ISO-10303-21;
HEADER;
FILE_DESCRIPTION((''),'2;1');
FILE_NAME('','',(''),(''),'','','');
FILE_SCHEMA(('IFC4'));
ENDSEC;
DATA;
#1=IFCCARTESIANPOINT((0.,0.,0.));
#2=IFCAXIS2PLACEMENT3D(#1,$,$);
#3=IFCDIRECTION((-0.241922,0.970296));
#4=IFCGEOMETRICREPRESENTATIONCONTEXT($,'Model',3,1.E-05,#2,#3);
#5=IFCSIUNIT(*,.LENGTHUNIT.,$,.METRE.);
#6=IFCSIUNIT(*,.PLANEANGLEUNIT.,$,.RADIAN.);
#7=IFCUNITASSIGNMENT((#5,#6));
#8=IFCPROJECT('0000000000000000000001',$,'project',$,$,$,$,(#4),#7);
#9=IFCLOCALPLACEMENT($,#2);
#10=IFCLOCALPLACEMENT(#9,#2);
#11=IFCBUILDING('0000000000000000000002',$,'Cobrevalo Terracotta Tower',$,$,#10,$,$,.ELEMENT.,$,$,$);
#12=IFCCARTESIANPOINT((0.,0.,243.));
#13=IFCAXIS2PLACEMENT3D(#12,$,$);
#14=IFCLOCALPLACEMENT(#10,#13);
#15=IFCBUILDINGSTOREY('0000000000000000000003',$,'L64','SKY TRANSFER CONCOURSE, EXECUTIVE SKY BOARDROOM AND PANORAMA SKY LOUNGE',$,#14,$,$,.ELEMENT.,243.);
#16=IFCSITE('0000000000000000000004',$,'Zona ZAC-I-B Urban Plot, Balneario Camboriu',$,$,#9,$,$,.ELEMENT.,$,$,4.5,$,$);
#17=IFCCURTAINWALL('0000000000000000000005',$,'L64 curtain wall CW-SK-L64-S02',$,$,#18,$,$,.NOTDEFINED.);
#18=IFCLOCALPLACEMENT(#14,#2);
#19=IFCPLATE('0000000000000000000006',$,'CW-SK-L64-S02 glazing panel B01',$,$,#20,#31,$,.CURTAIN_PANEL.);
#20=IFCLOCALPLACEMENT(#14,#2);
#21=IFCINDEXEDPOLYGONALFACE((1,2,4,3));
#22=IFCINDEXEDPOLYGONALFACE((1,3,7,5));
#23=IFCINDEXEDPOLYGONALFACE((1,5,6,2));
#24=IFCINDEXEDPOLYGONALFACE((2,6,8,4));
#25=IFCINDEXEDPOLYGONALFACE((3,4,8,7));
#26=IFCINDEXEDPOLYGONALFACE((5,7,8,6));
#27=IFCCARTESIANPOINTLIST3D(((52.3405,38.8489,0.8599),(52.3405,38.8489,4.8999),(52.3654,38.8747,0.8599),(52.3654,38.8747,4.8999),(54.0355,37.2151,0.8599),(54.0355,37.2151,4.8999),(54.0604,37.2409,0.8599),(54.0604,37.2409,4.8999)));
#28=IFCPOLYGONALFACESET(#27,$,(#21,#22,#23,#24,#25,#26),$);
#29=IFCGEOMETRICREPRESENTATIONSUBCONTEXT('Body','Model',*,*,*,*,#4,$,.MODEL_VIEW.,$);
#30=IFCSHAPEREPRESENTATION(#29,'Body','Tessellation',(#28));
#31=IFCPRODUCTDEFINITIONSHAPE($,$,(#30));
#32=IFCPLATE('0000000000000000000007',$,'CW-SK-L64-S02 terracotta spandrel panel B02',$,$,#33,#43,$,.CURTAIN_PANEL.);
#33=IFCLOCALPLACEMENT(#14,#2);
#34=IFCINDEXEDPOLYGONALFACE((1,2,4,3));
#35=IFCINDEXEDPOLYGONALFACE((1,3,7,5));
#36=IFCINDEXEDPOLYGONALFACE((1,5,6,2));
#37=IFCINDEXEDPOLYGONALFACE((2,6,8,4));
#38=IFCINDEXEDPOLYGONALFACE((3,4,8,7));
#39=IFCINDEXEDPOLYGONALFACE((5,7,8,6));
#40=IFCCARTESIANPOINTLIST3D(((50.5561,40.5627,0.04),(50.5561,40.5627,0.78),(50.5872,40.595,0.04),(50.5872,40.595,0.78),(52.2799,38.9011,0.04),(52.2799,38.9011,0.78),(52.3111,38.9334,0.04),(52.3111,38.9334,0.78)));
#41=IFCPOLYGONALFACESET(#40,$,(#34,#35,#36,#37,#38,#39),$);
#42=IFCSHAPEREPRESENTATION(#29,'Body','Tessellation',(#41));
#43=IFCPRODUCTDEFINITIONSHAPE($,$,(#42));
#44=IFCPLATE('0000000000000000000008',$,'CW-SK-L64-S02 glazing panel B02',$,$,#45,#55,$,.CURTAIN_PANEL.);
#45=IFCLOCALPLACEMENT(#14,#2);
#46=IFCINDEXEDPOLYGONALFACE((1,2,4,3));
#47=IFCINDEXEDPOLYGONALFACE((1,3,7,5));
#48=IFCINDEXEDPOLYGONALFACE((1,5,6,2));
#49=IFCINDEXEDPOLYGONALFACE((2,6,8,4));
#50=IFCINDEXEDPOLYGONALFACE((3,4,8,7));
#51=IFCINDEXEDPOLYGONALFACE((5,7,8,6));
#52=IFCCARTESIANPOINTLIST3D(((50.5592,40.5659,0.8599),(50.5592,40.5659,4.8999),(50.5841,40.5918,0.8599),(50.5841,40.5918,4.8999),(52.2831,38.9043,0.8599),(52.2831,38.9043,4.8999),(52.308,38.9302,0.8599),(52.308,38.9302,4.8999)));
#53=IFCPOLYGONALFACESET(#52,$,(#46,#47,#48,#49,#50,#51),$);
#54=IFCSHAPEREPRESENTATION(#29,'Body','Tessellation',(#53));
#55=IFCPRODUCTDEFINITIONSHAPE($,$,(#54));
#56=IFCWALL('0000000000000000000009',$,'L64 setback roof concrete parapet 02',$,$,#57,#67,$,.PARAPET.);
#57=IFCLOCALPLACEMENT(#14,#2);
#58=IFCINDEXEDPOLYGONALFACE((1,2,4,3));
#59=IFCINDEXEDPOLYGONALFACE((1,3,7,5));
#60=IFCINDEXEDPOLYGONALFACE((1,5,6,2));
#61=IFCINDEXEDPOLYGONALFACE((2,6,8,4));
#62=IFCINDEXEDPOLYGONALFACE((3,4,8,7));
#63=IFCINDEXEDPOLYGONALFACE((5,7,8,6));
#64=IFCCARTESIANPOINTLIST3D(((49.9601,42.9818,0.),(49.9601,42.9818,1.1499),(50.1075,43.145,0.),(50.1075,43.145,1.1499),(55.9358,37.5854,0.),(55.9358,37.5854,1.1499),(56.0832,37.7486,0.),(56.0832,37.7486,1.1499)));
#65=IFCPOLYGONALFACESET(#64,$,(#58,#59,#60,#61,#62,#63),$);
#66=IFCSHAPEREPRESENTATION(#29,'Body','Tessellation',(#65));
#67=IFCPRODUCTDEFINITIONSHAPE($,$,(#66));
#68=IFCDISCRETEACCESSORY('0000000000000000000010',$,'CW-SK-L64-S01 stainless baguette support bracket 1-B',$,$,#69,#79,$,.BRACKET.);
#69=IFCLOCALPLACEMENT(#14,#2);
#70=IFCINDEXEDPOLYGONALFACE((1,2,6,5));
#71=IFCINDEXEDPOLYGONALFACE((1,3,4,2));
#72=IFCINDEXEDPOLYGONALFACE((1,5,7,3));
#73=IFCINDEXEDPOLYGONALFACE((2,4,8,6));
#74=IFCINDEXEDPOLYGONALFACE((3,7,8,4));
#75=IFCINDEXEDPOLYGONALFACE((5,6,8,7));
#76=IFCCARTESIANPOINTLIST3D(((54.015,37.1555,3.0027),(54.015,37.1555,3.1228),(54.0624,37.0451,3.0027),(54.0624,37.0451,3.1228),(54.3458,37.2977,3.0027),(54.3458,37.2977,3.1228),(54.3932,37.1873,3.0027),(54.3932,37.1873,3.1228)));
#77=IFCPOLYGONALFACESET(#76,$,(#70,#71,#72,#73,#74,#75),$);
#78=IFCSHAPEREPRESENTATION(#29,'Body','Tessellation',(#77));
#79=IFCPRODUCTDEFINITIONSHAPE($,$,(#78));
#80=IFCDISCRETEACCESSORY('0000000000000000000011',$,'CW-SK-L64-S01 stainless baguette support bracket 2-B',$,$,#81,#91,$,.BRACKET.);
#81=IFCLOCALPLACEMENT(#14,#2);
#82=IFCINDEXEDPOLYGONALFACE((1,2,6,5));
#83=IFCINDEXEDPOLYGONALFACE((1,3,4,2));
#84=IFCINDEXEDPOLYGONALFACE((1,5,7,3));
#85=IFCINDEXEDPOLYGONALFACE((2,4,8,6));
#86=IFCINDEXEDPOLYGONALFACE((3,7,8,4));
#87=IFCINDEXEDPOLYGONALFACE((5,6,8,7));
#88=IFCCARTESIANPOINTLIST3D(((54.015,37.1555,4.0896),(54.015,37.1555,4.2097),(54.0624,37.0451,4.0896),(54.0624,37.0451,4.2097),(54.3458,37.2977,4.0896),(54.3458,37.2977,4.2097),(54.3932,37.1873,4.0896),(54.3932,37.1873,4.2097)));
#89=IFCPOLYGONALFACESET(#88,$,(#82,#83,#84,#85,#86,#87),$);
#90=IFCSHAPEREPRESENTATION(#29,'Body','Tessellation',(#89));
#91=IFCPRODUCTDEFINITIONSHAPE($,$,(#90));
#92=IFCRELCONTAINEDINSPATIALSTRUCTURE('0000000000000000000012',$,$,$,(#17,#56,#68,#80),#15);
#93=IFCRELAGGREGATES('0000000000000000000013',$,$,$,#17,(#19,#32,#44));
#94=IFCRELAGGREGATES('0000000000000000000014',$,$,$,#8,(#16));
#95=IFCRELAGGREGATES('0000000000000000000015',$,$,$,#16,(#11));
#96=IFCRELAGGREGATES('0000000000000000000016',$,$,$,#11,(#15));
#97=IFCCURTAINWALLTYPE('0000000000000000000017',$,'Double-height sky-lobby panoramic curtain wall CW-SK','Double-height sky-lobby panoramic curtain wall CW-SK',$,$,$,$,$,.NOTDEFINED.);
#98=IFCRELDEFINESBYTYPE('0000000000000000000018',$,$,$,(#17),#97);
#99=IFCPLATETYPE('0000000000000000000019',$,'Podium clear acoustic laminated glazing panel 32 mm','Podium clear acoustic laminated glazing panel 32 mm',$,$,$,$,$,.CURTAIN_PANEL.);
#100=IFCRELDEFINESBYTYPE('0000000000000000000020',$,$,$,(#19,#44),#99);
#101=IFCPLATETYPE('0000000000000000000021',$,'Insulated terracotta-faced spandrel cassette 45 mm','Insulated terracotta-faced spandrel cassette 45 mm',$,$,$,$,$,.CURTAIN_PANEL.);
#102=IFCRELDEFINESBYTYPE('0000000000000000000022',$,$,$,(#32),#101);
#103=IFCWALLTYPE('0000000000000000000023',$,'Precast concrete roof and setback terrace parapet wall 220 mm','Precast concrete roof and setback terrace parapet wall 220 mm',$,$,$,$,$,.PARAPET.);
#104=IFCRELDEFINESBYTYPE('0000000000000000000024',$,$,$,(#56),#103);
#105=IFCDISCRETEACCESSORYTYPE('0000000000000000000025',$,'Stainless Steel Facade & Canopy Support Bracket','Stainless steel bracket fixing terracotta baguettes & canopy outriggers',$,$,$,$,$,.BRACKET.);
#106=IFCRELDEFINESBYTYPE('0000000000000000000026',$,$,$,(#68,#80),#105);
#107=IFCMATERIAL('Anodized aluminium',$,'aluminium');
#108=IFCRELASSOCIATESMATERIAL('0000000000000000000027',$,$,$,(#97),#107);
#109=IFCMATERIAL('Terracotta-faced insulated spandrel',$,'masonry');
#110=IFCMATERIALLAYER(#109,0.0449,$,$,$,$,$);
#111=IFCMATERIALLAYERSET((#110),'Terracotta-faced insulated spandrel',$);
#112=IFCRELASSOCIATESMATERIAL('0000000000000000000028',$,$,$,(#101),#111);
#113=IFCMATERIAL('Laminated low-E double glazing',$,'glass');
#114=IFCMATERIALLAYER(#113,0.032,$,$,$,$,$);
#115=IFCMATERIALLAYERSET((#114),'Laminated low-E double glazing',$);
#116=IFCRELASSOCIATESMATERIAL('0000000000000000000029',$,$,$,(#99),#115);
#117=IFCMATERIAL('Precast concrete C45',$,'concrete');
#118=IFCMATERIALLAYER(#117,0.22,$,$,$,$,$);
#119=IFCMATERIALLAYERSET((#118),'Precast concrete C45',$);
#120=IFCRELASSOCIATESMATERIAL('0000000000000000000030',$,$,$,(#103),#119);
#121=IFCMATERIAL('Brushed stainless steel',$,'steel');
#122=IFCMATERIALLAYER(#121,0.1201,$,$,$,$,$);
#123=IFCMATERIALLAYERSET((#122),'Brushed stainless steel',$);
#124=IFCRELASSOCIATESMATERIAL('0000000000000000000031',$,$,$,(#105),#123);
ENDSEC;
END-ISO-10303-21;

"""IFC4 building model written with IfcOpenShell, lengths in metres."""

from ifc_helpers import new_model, si_unit, direction, frame, frame_2d, origin, origin_2d, place, context, subcontext, project, spatial, rectangle, extrude, source, transform, mapped, material, layer, layer_set, type_object, element, aggregate, save


model = new_model("IFC4")

# Units and contexts
model_context = context("Model", 3, precision=1e-05, world=origin(), true_north=direction((-0.241922, 0.970296)))
body_context = subcontext(model_context, "Body", "Model", "MODEL_VIEW")
ifc_project = project(units=[si_unit("LENGTHUNIT", "METRE"), si_unit("PLANEANGLEUNIT", "RADIAN")], contexts=[model_context])

# Site, building, storey
site_placement = place(None, origin())
site = spatial("IfcSite", under=ifc_project, at=site_placement, Name="Zona ZAC-I-B Urban Plot, Balneario Camboriu", CompositionType="ELEMENT", RefElevation=4.5)
building_placement = place(site_placement, origin())
building = spatial("IfcBuilding", under=site, at=building_placement, Name="Cobrevalo Terracotta Tower", CompositionType="ELEMENT")
storey_placement = place(building_placement, frame((0.0, 0.0, 243.0)))
storey = spatial("IfcBuildingStorey", under=building, at=storey_placement, Name="L64", Description="SKY TRANSFER CONCOURSE, EXECUTIVE SKY BOARDROOM AND PANORAMA SKY LOUNGE", CompositionType="ELEMENT", Elevation=243.0)

# Curtain wall
ifc_material_1 = material(Name="Anodized aluminium", Category="aluminium")
curtain_wall_type = type_object("IfcCurtainWallType", Name="Double-height sky-lobby panoramic curtain wall CW-SK", Description="Double-height sky-lobby panoramic curtain wall CW-SK", PredefinedType="NOTDEFINED", material=ifc_material_1)
curtain_wall_1_placement = place(storey_placement, origin())
curtain_wall_1 = element("IfcCurtainWall", 1, at=curtain_wall_1_placement, inside=storey, type_object=curtain_wall_type, Name="L64 curtain wall CW-SK-L64-S02", PredefinedType="NOTDEFINED")

# Plates
ifc_material_2 = material(Name="Terracotta-faced insulated spandrel", Category="masonry")
ifc_layer_1 = layer(ifc_material_2, 0.0449)
ifc_layer_set_1 = layer_set([ifc_layer_1], Name="Terracotta-faced insulated spandrel")
plate_type_1 = type_object("IfcPlateType", Name="Insulated terracotta-faced spandrel cassette 45 mm", Description="Insulated terracotta-faced spandrel cassette 45 mm", PredefinedType="CURTAIN_PANEL", material=ifc_layer_set_1)
ifc_material_3 = material(Name="Laminated low-E double glazing", Category="glass")
ifc_layer_2 = layer(ifc_material_3, 0.032)
ifc_layer_set_2 = layer_set([ifc_layer_2], Name="Laminated low-E double glazing")
plate_type_2 = type_object("IfcPlateType", Name="Podium clear acoustic laminated glazing panel 32 mm", Description="Podium clear acoustic laminated glazing panel 32 mm", PredefinedType="CURTAIN_PANEL", material=ifc_layer_set_2)
shared_shape_1 = source(origin(), body_context, "Body", "SweptSolid", [
    extrude(rectangle(XDim=2.3542, YDim=0.0359, at=origin_2d()), origin(), (0.0, 0.0, 1.0), 4.04),
])
plate_1_placement = place(storey_placement, frame((53.2004, 38.0449, 0.8599), z_axis=(0.0, 0.0, 1.0), x_axis=(-0.719997, 0.693978, 0.0)))
plate_1 = element("IfcPlate", 2, at=plate_1_placement, type_object=plate_type_2, Name="CW-SK-L64-S02 glazing panel B01", PredefinedType="CURTAIN_PANEL", context=body_context, shape_type="MappedRepresentation", body=[
    mapped(shared_shape_1, transform((0.0, 0.0, 0.0), scale=1.0)),
])
shared_shape_2 = source(origin(), body_context, "Body", "SweptSolid", [
    extrude(rectangle(XDim=2.3943, YDim=0.0449, at=origin_2d()), origin(), (0.0, 0.0, 1.0), 0.74),
])
plate_2_placement = place(storey_placement, frame((51.4336, 39.748, 0.04), z_axis=(0.0, 0.0, 1.0), x_axis=(-0.719997, 0.693978, 0.0)))
plate_2 = element("IfcPlate", 3, at=plate_2_placement, type_object=plate_type_1, Name="CW-SK-L64-S02 terracotta spandrel panel B02", PredefinedType="CURTAIN_PANEL", context=body_context, shape_type="MappedRepresentation", body=[
    mapped(shared_shape_2, transform((0.0, 0.0, 0.0), scale=1.0)),
])
shared_shape_3 = source(origin(), body_context, "Body", "SweptSolid", [
    extrude(rectangle(XDim=2.3943, YDim=0.0359, at=origin_2d()), origin(), (0.0, 0.0, 1.0), 4.04),
])
plate_3_placement = place(storey_placement, frame((51.4336, 39.748, 0.8599), z_axis=(0.0, 0.0, 1.0), x_axis=(-0.719997, 0.693978, 0.0)))
plate_3 = element("IfcPlate", 4, at=plate_3_placement, type_object=plate_type_2, Name="CW-SK-L64-S02 glazing panel B02", PredefinedType="CURTAIN_PANEL", context=body_context, shape_type="MappedRepresentation", body=[
    mapped(shared_shape_3, transform((0.0, 0.0, 0.0), scale=1.0)),
])
aggregate(curtain_wall_1, [plate_1, plate_2, plate_3])

# Wall
ifc_material_4 = material(Name="Precast concrete C45", Category="concrete")
ifc_layer_3 = layer(ifc_material_4, 0.22)
ifc_layer_set_3 = layer_set([ifc_layer_3], Name="Precast concrete C45")
wall_type = type_object("IfcWallType", Name="Precast concrete roof and setback terrace parapet wall 220 mm", Description="Precast concrete roof and setback terrace parapet wall 220 mm", PredefinedType="PARAPET", material=ifc_layer_set_3)
wall_placement = place(storey_placement, frame((56.0095, 37.667, 0.0), z_axis=(0.0, 0.0, 1.0), x_axis=(-0.742167, 0.670215, 0.0)))
element("IfcWall", 5, at=wall_placement, inside=storey, type_object=wall_type, Name="L64 setback roof concrete parapet 02", PredefinedType="PARAPET", context=body_context, shape_type="SweptSolid", body=[
    extrude(rectangle(XDim=8.0518, YDim=0.22, at=frame_2d((4.0259, 0.0))), origin(), (0.0, 0.0, 1.0), 1.1499),
])

# Discrete accessories
ifc_material_5 = material(Name="Brushed stainless steel", Category="steel")
ifc_layer_4 = layer(ifc_material_5, 0.1201)
ifc_layer_set_4 = layer_set([ifc_layer_4], Name="Brushed stainless steel")
discrete_accessory_type = type_object("IfcDiscreteAccessoryType", Name="Stainless Steel Facade & Canopy Support Bracket", Description="Stainless steel bracket fixing terracotta baguettes & canopy outriggers", PredefinedType="BRACKET", material=ifc_layer_set_4)
shared_shape_4 = source(origin(), body_context, "Body", "SweptSolid", [
    extrude(rectangle(XDim=0.1201, YDim=0.3601, at=origin_2d()), origin(), (0.0, 0.0, 1.0), 0.1201),
])
for number, where, z_axis, x_axis, name in (
    (6, (54.2041, 37.1714, 3.0027), (0.0, 0.0, 1.0), (-0.394829, 0.918755, 0.0), "CW-SK-L64-S01 stainless baguette support bracket 1-B"),
    (7, (54.2041, 37.1714, 4.0896), (0.0, 0.0, 1.0), (-0.394829, 0.918755, 0.0), "CW-SK-L64-S01 stainless baguette support bracket 2-B"),
):
    element("IfcDiscreteAccessory", number, at=place(storey_placement, frame(where, z_axis=z_axis, x_axis=x_axis)), inside=storey, type_object=discrete_accessory_type, Name=name, PredefinedType="BRACKET", context=body_context, shape_type="MappedRepresentation", body=[
        mapped(shared_shape_4, transform((0.0, 0.0, 0.0), scale=1.0)),
    ])

save(model, "model.ifc")
